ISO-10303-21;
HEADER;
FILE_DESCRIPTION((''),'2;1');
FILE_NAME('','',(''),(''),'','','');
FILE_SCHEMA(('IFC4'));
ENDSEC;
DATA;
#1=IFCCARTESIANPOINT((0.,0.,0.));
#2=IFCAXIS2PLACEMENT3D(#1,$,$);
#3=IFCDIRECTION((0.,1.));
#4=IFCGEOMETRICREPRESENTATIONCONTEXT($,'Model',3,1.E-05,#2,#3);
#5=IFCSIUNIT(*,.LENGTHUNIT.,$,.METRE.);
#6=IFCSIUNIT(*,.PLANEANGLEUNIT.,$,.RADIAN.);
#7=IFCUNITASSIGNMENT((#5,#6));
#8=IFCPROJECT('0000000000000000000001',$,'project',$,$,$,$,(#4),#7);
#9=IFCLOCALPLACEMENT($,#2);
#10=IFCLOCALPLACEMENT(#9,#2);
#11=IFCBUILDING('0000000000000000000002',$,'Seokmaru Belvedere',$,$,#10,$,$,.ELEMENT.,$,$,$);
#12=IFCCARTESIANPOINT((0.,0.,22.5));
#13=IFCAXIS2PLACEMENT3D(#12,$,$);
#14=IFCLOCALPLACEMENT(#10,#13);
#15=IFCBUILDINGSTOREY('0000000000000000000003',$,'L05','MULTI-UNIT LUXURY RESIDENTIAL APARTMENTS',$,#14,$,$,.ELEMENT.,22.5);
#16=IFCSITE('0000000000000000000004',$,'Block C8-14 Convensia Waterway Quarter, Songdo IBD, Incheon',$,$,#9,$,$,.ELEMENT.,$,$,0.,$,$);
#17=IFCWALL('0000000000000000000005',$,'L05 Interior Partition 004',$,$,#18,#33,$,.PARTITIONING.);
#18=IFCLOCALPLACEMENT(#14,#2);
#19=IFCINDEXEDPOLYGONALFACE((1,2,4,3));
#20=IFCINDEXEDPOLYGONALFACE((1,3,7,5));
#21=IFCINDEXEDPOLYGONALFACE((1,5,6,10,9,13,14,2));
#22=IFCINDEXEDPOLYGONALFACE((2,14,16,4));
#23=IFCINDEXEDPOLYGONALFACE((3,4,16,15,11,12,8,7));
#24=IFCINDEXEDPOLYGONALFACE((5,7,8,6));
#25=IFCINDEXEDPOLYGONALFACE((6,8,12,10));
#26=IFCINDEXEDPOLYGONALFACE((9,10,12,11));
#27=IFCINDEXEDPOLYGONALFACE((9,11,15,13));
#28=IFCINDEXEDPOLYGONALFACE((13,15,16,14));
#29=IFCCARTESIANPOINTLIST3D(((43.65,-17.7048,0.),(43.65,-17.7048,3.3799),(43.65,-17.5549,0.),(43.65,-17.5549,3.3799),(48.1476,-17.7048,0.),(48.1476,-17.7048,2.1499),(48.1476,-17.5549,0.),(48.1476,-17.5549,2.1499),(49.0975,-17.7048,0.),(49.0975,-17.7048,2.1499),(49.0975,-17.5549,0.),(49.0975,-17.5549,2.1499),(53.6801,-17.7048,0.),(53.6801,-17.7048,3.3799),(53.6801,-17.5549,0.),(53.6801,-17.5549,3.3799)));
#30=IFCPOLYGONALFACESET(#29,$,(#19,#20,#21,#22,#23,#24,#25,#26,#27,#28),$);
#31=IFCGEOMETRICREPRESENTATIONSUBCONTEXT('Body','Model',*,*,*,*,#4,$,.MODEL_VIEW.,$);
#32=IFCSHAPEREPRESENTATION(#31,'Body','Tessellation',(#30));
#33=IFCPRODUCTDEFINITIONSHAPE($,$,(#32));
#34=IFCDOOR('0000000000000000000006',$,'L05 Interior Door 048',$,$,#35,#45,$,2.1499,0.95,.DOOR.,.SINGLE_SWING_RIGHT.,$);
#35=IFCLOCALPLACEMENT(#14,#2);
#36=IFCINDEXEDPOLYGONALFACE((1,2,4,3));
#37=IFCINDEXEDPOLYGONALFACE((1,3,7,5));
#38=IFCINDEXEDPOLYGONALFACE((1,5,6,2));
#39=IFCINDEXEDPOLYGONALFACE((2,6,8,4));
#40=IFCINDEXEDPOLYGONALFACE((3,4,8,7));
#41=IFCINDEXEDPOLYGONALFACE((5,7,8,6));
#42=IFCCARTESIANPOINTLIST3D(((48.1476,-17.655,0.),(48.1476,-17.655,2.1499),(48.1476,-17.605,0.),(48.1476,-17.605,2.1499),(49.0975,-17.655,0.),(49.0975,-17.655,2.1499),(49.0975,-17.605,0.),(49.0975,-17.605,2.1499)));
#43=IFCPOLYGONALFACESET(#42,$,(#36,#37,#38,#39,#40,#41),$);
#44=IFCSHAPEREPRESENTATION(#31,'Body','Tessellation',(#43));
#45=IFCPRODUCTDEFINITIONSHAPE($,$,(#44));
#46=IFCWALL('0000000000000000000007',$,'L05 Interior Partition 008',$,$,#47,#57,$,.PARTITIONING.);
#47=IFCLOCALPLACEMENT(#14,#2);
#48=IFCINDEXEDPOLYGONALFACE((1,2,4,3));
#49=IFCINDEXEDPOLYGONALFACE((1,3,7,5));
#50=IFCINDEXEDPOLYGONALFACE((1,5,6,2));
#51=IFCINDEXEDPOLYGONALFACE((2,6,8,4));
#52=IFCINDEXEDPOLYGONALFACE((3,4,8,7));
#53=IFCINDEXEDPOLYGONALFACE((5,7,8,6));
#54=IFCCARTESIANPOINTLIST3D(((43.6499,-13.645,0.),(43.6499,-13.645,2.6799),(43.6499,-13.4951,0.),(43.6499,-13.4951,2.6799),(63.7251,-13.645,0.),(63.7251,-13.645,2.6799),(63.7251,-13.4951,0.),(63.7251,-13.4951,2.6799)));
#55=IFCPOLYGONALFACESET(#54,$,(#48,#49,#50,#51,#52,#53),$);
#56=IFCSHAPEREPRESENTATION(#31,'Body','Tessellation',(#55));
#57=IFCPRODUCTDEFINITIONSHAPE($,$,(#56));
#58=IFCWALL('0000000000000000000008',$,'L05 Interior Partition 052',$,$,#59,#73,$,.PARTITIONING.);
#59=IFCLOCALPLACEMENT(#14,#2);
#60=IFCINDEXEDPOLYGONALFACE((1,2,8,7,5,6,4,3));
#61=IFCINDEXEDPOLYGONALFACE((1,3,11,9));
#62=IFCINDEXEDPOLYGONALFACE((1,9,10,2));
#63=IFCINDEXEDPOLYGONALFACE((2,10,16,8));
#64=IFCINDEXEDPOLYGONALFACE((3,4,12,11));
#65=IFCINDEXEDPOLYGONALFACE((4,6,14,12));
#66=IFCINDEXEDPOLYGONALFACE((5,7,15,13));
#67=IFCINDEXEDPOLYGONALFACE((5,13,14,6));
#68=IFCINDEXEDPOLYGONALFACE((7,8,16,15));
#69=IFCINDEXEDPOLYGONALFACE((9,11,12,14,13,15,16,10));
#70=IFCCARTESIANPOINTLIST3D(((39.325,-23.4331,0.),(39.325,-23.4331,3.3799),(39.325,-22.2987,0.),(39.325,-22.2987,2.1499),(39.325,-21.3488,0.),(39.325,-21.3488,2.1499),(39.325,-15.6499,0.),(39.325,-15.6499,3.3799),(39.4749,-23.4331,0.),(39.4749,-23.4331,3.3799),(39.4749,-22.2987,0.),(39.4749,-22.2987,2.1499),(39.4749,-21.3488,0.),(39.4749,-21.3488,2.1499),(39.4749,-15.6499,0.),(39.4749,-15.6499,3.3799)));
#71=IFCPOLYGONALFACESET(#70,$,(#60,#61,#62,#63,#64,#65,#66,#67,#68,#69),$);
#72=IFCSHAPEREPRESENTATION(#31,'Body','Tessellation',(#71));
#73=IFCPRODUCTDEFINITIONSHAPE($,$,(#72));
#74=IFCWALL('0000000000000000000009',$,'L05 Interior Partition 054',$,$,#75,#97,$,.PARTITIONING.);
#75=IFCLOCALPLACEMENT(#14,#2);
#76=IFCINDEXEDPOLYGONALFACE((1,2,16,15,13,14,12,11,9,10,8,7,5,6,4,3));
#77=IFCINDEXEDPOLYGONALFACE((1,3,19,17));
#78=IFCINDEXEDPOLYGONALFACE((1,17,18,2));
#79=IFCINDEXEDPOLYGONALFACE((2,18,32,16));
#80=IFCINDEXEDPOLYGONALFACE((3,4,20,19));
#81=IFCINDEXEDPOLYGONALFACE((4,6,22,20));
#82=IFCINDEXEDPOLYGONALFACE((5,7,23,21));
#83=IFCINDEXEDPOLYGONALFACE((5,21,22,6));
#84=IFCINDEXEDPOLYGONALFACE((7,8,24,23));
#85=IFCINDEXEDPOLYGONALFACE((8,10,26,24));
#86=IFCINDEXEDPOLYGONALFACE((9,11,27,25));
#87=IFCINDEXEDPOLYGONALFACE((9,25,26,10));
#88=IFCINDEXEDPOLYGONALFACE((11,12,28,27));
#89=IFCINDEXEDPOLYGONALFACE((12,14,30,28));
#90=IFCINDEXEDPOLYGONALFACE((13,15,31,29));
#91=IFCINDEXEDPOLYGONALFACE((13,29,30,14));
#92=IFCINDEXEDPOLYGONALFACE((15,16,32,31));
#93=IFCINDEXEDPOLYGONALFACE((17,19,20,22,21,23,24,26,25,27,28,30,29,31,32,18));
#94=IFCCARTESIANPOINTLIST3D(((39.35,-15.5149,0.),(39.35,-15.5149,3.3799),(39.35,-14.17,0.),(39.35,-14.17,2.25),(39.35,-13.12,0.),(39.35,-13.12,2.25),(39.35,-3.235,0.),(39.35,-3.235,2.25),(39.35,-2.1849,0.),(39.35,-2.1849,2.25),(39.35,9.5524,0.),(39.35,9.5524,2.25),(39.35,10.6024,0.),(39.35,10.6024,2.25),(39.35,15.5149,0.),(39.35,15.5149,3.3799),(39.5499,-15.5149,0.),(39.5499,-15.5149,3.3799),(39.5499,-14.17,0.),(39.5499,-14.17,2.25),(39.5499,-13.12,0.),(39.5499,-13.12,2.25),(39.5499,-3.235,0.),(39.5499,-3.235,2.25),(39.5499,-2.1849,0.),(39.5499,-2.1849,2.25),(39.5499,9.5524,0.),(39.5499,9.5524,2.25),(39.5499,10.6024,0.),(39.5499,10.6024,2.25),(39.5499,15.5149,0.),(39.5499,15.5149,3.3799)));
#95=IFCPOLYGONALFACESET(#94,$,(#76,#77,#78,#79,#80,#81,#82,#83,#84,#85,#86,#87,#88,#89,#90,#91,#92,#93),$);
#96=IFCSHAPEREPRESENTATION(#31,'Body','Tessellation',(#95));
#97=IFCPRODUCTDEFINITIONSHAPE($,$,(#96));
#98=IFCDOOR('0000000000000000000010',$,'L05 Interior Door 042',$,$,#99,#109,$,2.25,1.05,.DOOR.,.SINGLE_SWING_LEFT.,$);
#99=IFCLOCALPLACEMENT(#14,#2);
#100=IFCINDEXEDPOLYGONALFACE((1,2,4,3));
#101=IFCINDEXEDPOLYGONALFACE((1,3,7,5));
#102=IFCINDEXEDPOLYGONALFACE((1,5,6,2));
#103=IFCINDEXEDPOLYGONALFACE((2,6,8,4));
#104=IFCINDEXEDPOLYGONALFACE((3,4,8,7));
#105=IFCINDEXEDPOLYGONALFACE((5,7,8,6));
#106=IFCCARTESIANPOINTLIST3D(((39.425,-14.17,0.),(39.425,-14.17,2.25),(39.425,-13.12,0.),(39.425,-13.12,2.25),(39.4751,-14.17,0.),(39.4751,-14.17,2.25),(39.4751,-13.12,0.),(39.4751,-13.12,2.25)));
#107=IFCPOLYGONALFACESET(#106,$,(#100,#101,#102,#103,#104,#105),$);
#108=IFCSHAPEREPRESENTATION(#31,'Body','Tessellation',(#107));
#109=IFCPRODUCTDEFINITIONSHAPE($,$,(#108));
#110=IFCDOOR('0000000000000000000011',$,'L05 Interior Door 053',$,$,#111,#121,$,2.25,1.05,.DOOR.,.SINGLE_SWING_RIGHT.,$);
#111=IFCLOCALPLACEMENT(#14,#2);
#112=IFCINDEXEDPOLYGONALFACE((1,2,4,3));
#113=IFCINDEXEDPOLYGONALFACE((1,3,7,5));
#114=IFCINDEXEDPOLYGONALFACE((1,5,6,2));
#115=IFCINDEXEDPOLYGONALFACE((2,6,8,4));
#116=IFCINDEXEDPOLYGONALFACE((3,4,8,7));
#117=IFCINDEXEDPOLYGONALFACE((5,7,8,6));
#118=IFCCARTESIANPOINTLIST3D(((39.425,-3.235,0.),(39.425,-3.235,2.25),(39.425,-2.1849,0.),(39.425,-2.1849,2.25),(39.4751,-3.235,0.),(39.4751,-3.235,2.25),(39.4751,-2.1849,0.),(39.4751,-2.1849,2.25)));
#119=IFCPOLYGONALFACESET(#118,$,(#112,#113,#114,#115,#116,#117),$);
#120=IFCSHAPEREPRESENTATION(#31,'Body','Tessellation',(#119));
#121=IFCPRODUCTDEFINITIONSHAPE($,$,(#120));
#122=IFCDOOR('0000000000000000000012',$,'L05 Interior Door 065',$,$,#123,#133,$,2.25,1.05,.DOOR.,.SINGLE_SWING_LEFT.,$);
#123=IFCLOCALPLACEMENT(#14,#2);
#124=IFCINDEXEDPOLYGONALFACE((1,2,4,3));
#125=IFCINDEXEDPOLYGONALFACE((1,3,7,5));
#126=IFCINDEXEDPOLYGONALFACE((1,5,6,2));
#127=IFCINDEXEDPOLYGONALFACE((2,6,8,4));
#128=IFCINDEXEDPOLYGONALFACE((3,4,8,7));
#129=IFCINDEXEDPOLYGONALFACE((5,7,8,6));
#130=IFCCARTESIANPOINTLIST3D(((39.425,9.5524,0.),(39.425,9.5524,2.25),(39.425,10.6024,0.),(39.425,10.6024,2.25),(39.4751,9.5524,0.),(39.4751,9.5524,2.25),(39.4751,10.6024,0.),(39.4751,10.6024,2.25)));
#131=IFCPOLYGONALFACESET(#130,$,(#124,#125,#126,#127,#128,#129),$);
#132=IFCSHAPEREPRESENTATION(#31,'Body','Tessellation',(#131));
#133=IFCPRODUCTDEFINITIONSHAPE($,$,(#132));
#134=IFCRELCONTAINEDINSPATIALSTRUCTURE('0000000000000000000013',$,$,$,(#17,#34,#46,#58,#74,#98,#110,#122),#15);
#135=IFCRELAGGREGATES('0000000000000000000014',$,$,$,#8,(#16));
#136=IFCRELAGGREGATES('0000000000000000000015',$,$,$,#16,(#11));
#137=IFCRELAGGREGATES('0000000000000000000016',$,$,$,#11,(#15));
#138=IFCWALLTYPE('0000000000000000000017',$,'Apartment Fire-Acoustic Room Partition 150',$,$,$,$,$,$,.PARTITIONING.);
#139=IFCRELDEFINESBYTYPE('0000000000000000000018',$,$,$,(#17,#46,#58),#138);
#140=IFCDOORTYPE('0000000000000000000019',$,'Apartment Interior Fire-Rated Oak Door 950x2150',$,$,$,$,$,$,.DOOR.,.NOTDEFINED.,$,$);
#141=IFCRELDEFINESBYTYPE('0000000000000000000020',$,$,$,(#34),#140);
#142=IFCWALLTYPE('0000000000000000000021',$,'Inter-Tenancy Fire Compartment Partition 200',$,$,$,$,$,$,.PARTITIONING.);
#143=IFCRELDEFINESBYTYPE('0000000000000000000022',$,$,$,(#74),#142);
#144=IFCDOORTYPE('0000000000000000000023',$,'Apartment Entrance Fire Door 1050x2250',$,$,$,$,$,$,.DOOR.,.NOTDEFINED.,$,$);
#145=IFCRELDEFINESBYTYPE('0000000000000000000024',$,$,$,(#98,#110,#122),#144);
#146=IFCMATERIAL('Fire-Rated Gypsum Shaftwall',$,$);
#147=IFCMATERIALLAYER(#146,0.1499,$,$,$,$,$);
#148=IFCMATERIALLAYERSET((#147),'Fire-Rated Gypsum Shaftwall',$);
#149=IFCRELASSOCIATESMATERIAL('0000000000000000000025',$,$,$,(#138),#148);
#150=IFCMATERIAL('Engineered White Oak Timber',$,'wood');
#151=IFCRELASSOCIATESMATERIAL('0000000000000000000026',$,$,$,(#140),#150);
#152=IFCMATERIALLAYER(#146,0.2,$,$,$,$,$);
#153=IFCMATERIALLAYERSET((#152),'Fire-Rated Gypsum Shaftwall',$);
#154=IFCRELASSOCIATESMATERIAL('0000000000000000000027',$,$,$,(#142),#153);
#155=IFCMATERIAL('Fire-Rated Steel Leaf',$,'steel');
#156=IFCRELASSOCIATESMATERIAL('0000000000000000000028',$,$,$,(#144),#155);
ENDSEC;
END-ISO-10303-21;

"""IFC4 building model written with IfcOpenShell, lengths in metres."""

from ifc_helpers import new_model, si_unit, direction, frame, frame_2d, origin, place, context, subcontext, project, spatial, rectangle, extrude, source, transform, mapped, material, layer, layer_set, type_object, type_shapes, element, fill, save


model = new_model("IFC4")

# Units and contexts
model_context = context("Model", 3, precision=1e-05, world=origin(), true_north=direction((0.0, 1.0)))
body_context = subcontext(model_context, "Body", "Model", "MODEL_VIEW")
ifc_project = project(units=[si_unit("LENGTHUNIT", "METRE"), si_unit("PLANEANGLEUNIT", "RADIAN")], contexts=[model_context])

# Site, building, storey
site_placement = place(None, origin())
site = spatial("IfcSite", under=ifc_project, at=site_placement, Name="Block C8-14 Convensia Waterway Quarter, Songdo IBD, Incheon", CompositionType="ELEMENT", RefElevation=0.0)
building_placement = place(site_placement, origin())
building = spatial("IfcBuilding", under=site, at=building_placement, Name="Seokmaru Belvedere", CompositionType="ELEMENT")
storey_placement = place(building_placement, frame((0.0, 0.0, 22.5)))
storey = spatial("IfcBuildingStorey", under=building, at=storey_placement, Name="L05", Description="MULTI-UNIT LUXURY RESIDENTIAL APARTMENTS", CompositionType="ELEMENT", Elevation=22.5)

# Wall, opening, door
ifc_material_1 = material(Name="Fire-Rated Gypsum Shaftwall")
ifc_layer_1 = layer(ifc_material_1, 0.1499)
ifc_layer_set_1 = layer_set([ifc_layer_1], Name="Fire-Rated Gypsum Shaftwall")
wall_type_1 = type_object("IfcWallType", Name="Apartment Fire-Acoustic Room Partition 150", PredefinedType="PARTITIONING", material=ifc_layer_set_1)
wall_1_placement = place(storey_placement, frame((43.6499, -17.6299, 0.0), z_axis=(0.0, 0.0, 1.0), x_axis=(1.0, 0.0, 0.0)))
wall_1 = element("IfcWall", 1, at=wall_1_placement, inside=storey, type_object=wall_type_1, Name="L05 Interior Partition 004", PredefinedType="PARTITIONING", context=body_context, shape_type="SweptSolid", body=[
    extrude(rectangle(XDim=10.03, YDim=0.1499, at=frame_2d((5.0151, 0.0))), origin(), (0.0, 0.0, 1.0), 3.3799),
])
opening_1_placement = place(wall_1_placement, frame((4.4976, 0.0, 0.0)))
opening_1 = element("IfcOpeningElement", 2, at=opening_1_placement, cuts=wall_1, PredefinedType="OPENING", context=body_context, shape_type="SweptSolid", body=[
    extrude(rectangle(XDim=0.95, YDim=2.1499, at=frame_2d((0.4751, 1.075))), frame((0.0, 0.085, 0.0), z_axis=(0.0, -1.0, 0.0), x_axis=(1.0, 0.0, 0.0)), (0.0, 0.0, 1.0), 0.1699),
])
ifc_material_2 = material(Name="Engineered White Oak Timber", Category="wood")
door_type_1 = type_object("IfcDoorType", Name="Apartment Interior Fire-Rated Oak Door 950x2150", OperationType="NOTDEFINED", PredefinedType="DOOR", material=ifc_material_2)
shared_shape_1 = source(origin(), body_context, "Body", "SweptSolid", [
    extrude(rectangle(XDim=0.95, YDim=2.1499, at=frame_2d((0.4751, 1.075))), frame((0.0, 0.0249, 0.0), z_axis=(0.0, -1.0, 0.0), x_axis=(1.0, 0.0, 0.0)), (0.0, 0.0, 1.0), 0.05),
])
type_shapes(door_type_1, [shared_shape_1])
door_1_placement = place(opening_1_placement, origin())
door_1 = element("IfcDoor", 3, at=door_1_placement, inside=storey, type_object=door_type_1, Name="L05 Interior Door 048", OperationType="SINGLE_SWING_RIGHT", OverallHeight=2.1499, OverallWidth=0.95, PredefinedType="DOOR", context=body_context, shape_type="MappedRepresentation", body=[
    mapped(shared_shape_1, transform((0.0, 0.0, 0.0), scale=1.0)),
])
fill(opening_1, door_1)

# Wall
wall_2_placement = place(storey_placement, frame((43.6499, -13.5701, 0.0), z_axis=(0.0, 0.0, 1.0), x_axis=(1.0, 0.0, 0.0)))
element("IfcWall", 4, at=wall_2_placement, inside=storey, type_object=wall_type_1, Name="L05 Interior Partition 008", PredefinedType="PARTITIONING", context=body_context, shape_type="SweptSolid", body=[
    extrude(rectangle(XDim=20.0752, YDim=0.1499, at=frame_2d((10.0376, 0.0))), origin(), (0.0, 0.0, 1.0), 2.6799),
])

# Wall, opening
wall_3_placement = place(storey_placement, frame((39.3999, -23.4331, 0.0), z_axis=(0.0, 0.0, 1.0), x_axis=(0.0, 1.0, 0.0)))
wall_3 = element("IfcWall", 5, at=wall_3_placement, inside=storey, type_object=wall_type_1, Name="L05 Interior Partition 052", PredefinedType="PARTITIONING", context=body_context, shape_type="SweptSolid", body=[
    extrude(rectangle(XDim=7.7832, YDim=0.1499, at=frame_2d((3.8916, 0.0))), origin(), (0.0, 0.0, 1.0), 3.3799),
])
opening_2_placement = place(wall_3_placement, frame((1.1343, 0.0, 0.0)))
element("IfcOpeningElement", 6, at=opening_2_placement, cuts=wall_3, PredefinedType="OPENING", context=body_context, shape_type="SweptSolid", body=[
    extrude(rectangle(XDim=0.95, YDim=2.1499, at=frame_2d((0.4751, 1.075))), frame((0.0, 0.085, 0.0), z_axis=(0.0, -1.0, 0.0), x_axis=(1.0, 0.0, 0.0)), (0.0, 0.0, 1.0), 0.1699),
])

# Wall, openings, doors
ifc_layer_2 = layer(ifc_material_1, 0.2)
ifc_layer_set_2 = layer_set([ifc_layer_2], Name="Fire-Rated Gypsum Shaftwall")
wall_type_2 = type_object("IfcWallType", Name="Inter-Tenancy Fire Compartment Partition 200", PredefinedType="PARTITIONING", material=ifc_layer_set_2)
wall_4_placement = place(storey_placement, frame((39.45, -15.5149, 0.0), z_axis=(0.0, 0.0, 1.0), x_axis=(0.0, 1.0, 0.0)))
wall_4 = element("IfcWall", 7, at=wall_4_placement, inside=storey, type_object=wall_type_2, Name="L05 Interior Partition 054", PredefinedType="PARTITIONING", context=body_context, shape_type="SweptSolid", body=[
    extrude(rectangle(XDim=31.0298, YDim=0.2, at=frame_2d((15.5149, 0.0))), origin(), (0.0, 0.0, 1.0), 3.3799),
])
opening_3_placement = place(wall_4_placement, frame((1.345, 0.0, 0.0)))
opening_3 = element("IfcOpeningElement", 8, at=opening_3_placement, cuts=wall_4, PredefinedType="OPENING", context=body_context, shape_type="SweptSolid", body=[
    extrude(rectangle(XDim=1.05, YDim=2.25, at=frame_2d((0.5249, 1.125))), frame((0.0, 0.1099, 0.0), z_axis=(0.0, -1.0, 0.0), x_axis=(1.0, 0.0, 0.0)), (0.0, 0.0, 1.0), 0.22),
])
opening_4_placement = place(wall_4_placement, frame((12.28, 0.0, 0.0)))
opening_4 = element("IfcOpeningElement", 9, at=opening_4_placement, cuts=wall_4, PredefinedType="OPENING", context=body_context, shape_type="SweptSolid", body=[
    extrude(rectangle(XDim=1.05, YDim=2.25, at=frame_2d((0.5249, 1.125))), frame((0.0, 0.1099, 0.0), z_axis=(0.0, -1.0, 0.0), x_axis=(1.0, 0.0, 0.0)), (0.0, 0.0, 1.0), 0.22),
])
opening_5_placement = place(wall_4_placement, frame((25.0674, 0.0, 0.0)))
opening_5 = element("IfcOpeningElement", 10, at=opening_5_placement, cuts=wall_4, PredefinedType="OPENING", context=body_context, shape_type="SweptSolid", body=[
    extrude(rectangle(XDim=1.05, YDim=2.25, at=frame_2d((0.5249, 1.125))), frame((0.0, 0.1099, 0.0), z_axis=(0.0, -1.0, 0.0), x_axis=(1.0, 0.0, 0.0)), (0.0, 0.0, 1.0), 0.22),
])
ifc_material_3 = material(Name="Fire-Rated Steel Leaf", Category="steel")
door_type_2 = type_object("IfcDoorType", Name="Apartment Entrance Fire Door 1050x2250", OperationType="NOTDEFINED", PredefinedType="DOOR", material=ifc_material_3)
shared_shape_2 = source(origin(), body_context, "Body", "SweptSolid", [
    extrude(rectangle(XDim=1.05, YDim=2.25, at=frame_2d((0.5249, 1.125))), frame((0.0, 0.0249, 0.0), z_axis=(0.0, -1.0, 0.0), x_axis=(1.0, 0.0, 0.0)), (0.0, 0.0, 1.0), 0.05),
])
type_shapes(door_type_2, [shared_shape_2])
door_2_placement = place(opening_3_placement, origin())
door_2 = element("IfcDoor", 11, at=door_2_placement, inside=storey, type_object=door_type_2, Name="L05 Interior Door 042", OperationType="SINGLE_SWING_LEFT", OverallHeight=2.25, OverallWidth=1.05, PredefinedType="DOOR", context=body_context, shape_type="MappedRepresentation", body=[
    mapped(shared_shape_2, transform((0.0, 0.0, 0.0), scale=1.0)),
])
fill(opening_3, door_2)
door_3_placement = place(opening_4_placement, origin())
door_3 = element("IfcDoor", 12, at=door_3_placement, inside=storey, type_object=door_type_2, Name="L05 Interior Door 053", OperationType="SINGLE_SWING_RIGHT", OverallHeight=2.25, OverallWidth=1.05, PredefinedType="DOOR", context=body_context, shape_type="MappedRepresentation", body=[
    mapped(shared_shape_2, transform((0.0, 0.0, 0.0), scale=1.0)),
])
fill(opening_4, door_3)
door_4_placement = place(opening_5_placement, origin())
door_4 = element("IfcDoor", 13, at=door_4_placement, inside=storey, type_object=door_type_2, Name="L05 Interior Door 065", OperationType="SINGLE_SWING_LEFT", OverallHeight=2.25, OverallWidth=1.05, PredefinedType="DOOR", context=body_context, shape_type="MappedRepresentation", body=[
    mapped(shared_shape_2, transform((0.0, 0.0, 0.0), scale=1.0)),
])
fill(opening_5, door_4)

save(model, "model.ifc")
